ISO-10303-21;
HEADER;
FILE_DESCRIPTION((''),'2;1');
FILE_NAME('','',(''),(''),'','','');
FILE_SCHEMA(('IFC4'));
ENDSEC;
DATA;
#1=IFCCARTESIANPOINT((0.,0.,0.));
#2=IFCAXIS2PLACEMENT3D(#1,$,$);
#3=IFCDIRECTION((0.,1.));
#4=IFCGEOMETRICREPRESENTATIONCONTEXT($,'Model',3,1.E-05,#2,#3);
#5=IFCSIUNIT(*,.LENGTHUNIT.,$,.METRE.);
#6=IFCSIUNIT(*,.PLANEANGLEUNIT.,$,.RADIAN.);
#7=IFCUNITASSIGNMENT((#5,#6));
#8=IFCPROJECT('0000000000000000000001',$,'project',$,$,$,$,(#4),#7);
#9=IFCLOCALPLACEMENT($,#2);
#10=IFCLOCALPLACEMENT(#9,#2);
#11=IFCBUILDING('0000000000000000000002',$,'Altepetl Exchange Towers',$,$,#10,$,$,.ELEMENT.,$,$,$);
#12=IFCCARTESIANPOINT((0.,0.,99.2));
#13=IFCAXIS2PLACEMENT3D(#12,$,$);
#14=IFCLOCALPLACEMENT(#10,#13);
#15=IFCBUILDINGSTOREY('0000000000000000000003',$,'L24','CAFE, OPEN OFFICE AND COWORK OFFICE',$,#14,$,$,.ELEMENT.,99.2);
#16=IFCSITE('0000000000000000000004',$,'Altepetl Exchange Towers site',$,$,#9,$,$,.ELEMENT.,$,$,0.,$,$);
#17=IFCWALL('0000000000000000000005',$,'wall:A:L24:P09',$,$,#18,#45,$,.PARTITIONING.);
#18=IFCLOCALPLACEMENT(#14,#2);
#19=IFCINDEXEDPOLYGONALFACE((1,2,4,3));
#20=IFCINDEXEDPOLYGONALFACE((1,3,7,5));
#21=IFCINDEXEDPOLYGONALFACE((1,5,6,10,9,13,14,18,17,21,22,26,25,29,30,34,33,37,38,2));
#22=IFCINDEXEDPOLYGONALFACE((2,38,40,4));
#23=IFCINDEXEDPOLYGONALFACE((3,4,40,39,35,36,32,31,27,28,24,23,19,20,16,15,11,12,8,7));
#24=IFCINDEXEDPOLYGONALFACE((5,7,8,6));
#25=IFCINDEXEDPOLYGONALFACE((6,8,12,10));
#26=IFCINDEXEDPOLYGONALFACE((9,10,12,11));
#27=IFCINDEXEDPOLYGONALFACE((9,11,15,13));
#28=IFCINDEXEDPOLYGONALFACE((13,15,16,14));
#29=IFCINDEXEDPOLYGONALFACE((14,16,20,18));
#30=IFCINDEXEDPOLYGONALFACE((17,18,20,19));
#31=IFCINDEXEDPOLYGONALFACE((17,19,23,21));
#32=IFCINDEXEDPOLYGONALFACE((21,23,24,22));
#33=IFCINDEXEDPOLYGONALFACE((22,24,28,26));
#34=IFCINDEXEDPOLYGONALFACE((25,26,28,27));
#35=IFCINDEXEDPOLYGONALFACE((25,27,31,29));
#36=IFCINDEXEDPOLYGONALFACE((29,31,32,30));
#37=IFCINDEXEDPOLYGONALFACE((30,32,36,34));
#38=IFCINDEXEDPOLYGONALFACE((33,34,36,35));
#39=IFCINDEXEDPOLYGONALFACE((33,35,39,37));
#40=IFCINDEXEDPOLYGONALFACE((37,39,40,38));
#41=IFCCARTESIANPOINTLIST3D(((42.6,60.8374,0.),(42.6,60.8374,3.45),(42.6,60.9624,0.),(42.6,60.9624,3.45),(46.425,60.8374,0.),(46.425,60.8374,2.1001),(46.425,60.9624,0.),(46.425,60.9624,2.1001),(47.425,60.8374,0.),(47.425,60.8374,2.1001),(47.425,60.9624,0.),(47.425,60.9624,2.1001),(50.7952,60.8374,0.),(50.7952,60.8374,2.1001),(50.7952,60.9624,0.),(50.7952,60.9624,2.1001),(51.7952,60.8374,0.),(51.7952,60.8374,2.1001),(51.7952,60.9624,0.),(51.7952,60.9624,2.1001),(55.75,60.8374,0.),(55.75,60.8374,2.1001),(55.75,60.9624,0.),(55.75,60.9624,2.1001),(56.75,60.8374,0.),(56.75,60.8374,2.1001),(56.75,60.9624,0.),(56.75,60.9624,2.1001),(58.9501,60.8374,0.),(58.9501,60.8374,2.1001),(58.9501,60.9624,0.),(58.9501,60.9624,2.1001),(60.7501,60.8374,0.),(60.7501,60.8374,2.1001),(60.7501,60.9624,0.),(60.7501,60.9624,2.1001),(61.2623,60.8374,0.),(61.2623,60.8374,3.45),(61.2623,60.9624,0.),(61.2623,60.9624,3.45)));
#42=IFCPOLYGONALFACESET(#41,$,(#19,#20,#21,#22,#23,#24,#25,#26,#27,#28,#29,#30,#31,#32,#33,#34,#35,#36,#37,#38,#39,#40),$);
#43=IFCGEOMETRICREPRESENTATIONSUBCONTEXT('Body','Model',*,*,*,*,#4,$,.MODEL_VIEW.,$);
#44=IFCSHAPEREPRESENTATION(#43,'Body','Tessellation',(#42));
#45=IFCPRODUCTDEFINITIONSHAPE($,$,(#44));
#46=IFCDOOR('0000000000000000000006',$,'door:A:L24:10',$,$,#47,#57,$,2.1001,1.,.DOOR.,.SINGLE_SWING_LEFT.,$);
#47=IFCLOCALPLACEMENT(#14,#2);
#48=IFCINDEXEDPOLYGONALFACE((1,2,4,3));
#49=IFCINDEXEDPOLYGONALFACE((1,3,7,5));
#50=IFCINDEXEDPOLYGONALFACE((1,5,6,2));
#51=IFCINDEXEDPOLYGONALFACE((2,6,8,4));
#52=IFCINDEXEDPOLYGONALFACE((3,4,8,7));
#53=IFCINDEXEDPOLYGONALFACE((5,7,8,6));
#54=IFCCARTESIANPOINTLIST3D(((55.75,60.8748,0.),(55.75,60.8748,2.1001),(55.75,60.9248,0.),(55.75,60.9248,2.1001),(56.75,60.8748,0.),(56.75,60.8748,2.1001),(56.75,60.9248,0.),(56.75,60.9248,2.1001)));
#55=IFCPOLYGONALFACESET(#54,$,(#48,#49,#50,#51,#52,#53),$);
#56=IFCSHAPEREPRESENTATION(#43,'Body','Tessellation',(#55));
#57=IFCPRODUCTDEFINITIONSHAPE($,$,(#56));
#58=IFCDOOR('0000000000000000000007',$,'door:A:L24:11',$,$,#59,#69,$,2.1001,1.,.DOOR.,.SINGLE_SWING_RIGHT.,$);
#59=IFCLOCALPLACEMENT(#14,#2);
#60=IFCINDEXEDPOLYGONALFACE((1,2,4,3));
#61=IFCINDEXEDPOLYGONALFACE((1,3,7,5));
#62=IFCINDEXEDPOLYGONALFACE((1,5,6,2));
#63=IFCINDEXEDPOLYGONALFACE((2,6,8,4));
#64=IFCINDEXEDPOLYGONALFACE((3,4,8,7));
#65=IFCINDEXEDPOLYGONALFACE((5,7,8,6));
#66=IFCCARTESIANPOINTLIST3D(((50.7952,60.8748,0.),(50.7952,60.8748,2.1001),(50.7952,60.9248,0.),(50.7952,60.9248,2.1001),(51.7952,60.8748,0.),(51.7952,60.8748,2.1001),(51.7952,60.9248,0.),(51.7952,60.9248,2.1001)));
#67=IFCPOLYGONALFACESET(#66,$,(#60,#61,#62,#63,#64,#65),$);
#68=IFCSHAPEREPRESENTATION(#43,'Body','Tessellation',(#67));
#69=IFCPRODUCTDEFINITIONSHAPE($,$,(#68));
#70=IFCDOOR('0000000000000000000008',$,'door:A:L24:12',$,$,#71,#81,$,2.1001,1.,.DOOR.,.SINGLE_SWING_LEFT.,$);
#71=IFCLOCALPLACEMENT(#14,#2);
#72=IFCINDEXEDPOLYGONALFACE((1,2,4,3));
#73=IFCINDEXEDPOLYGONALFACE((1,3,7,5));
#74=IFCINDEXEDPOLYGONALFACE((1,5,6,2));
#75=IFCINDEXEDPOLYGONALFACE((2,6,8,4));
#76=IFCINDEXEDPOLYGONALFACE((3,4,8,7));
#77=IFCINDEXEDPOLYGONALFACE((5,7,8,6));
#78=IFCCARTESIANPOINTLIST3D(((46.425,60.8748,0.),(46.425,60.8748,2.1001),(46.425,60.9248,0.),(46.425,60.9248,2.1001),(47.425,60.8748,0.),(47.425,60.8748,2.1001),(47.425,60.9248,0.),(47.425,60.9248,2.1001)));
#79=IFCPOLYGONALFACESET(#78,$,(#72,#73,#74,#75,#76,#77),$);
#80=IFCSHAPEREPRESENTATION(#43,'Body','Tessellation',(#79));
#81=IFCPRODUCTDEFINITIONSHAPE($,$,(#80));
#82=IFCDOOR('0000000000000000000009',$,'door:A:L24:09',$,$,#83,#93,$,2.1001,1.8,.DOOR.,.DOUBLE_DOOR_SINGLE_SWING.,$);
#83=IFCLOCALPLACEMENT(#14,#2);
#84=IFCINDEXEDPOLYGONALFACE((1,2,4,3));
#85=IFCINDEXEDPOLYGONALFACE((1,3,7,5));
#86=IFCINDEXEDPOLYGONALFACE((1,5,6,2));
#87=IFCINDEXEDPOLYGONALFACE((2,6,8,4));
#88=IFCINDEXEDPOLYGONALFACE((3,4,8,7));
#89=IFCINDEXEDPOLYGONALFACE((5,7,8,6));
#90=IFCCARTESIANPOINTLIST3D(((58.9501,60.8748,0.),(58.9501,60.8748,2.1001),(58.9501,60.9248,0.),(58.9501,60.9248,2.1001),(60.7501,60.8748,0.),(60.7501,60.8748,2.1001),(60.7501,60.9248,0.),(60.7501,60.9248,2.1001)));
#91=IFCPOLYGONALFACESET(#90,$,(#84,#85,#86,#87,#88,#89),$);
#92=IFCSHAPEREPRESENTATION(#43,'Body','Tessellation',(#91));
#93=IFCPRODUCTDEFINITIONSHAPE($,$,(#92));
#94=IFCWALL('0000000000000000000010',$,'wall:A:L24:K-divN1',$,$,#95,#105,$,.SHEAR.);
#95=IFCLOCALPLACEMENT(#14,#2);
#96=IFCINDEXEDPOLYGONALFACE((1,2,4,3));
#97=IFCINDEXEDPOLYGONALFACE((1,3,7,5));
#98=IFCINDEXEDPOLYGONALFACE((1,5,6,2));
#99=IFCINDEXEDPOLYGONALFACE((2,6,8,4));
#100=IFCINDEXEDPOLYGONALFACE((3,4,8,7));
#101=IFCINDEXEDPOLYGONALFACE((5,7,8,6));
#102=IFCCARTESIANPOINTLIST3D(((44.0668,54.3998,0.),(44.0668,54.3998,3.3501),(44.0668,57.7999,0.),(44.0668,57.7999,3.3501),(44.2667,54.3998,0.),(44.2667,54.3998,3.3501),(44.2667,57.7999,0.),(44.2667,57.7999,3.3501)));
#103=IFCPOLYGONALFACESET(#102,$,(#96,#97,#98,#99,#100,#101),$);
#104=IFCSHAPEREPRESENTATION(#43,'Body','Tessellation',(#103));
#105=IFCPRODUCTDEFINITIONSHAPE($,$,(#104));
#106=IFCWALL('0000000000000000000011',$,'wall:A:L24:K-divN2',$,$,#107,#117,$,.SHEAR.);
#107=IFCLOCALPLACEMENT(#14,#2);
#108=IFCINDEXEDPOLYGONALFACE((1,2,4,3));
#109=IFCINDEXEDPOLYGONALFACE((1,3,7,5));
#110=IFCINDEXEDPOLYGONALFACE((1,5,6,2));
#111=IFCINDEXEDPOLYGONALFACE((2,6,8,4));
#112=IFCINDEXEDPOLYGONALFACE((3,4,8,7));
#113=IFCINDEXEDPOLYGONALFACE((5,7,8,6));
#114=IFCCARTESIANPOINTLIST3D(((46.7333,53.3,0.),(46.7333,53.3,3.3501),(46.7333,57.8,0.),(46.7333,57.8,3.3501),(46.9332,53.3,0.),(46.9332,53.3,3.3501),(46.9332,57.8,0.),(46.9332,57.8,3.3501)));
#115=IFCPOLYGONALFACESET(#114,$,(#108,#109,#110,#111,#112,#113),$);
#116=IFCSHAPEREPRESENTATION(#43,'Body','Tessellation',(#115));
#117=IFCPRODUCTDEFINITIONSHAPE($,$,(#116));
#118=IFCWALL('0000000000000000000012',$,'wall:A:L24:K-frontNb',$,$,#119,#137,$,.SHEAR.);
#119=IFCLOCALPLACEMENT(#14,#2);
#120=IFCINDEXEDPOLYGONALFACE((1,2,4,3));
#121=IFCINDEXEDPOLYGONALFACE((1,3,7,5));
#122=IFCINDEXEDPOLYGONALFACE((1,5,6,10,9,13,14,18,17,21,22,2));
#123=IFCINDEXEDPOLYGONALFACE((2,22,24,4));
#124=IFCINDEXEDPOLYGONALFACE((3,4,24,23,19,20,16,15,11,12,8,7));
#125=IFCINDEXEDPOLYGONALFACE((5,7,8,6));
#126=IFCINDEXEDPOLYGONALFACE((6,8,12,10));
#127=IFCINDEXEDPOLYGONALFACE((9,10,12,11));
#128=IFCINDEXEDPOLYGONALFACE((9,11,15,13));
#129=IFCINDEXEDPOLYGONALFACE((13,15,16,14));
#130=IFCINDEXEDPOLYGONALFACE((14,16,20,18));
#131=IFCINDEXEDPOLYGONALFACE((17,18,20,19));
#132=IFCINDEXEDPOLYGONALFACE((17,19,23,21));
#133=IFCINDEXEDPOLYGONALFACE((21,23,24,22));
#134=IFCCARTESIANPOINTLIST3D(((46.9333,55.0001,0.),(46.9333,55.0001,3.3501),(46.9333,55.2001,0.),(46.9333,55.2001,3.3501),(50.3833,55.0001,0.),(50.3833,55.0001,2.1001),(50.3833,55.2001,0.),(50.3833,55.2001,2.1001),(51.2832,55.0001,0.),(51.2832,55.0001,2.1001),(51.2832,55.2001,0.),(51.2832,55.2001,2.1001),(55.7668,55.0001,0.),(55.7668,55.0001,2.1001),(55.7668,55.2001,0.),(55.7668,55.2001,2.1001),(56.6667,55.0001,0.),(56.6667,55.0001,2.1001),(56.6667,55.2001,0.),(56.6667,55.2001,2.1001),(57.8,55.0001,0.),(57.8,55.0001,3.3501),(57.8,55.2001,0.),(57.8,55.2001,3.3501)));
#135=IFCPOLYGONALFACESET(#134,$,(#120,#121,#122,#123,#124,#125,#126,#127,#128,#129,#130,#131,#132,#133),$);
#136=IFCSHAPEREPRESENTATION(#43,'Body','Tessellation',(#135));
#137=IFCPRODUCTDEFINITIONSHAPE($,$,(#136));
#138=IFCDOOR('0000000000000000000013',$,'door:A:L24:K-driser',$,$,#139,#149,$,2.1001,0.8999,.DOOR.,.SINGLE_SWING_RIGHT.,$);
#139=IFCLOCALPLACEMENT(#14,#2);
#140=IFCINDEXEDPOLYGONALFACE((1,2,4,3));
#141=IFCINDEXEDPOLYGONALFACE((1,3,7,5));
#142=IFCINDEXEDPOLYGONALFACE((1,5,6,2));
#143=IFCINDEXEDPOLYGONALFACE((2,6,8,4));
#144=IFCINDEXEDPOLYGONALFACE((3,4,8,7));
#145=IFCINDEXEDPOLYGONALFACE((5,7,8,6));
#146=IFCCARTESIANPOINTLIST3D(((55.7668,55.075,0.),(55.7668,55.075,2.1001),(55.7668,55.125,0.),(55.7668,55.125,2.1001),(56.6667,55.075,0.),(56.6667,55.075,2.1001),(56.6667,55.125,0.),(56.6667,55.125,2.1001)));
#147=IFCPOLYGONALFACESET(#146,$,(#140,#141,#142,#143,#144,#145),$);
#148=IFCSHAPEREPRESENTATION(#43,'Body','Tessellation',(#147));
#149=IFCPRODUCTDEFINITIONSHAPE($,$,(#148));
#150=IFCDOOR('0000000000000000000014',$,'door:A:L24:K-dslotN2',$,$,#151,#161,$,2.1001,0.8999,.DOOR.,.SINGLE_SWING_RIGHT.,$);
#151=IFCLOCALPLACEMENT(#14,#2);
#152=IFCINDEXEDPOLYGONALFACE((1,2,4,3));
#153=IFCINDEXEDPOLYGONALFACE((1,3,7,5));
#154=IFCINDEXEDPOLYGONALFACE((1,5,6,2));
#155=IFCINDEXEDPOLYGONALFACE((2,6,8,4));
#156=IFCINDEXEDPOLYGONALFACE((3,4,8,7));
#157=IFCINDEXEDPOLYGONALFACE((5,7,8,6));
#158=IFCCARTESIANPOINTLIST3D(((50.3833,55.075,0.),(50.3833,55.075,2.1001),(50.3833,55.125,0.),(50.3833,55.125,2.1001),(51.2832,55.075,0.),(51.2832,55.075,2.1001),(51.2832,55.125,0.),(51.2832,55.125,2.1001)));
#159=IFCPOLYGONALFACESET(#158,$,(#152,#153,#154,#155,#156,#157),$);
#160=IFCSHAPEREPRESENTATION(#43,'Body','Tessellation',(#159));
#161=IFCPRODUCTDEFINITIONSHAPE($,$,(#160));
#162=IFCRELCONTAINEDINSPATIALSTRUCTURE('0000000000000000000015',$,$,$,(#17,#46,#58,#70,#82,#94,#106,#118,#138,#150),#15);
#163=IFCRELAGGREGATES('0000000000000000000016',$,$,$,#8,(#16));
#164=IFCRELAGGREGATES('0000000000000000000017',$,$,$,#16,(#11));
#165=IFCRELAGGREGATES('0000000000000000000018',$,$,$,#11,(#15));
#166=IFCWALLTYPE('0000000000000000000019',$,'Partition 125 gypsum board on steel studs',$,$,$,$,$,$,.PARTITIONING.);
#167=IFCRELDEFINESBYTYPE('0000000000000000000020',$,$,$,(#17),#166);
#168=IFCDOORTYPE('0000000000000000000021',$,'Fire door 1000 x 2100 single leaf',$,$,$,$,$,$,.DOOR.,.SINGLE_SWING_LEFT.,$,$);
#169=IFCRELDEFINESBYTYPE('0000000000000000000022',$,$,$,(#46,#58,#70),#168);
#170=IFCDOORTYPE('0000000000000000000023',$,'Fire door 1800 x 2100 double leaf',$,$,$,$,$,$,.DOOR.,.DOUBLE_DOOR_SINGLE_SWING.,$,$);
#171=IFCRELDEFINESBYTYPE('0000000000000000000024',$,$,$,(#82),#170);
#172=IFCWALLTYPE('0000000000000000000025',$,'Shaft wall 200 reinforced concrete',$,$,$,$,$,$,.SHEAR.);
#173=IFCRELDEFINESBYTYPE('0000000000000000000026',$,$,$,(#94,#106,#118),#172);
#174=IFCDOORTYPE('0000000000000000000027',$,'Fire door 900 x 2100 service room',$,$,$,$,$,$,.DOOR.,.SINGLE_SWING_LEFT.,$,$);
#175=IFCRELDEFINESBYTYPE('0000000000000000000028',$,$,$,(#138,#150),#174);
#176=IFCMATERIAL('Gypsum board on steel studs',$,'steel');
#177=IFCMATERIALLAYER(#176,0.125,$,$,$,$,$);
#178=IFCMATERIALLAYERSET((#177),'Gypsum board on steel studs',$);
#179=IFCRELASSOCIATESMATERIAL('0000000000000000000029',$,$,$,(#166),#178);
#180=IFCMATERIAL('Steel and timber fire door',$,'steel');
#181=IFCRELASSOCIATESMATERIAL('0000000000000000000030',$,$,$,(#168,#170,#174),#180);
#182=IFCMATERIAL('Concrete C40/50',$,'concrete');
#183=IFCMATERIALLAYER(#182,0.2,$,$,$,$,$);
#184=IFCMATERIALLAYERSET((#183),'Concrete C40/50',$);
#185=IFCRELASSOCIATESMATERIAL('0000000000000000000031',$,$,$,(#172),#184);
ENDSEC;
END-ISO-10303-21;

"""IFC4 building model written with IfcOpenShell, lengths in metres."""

from ifc_helpers import new_model, si_unit, direction, frame, frame_2d, origin, place, context, subcontext, project, spatial, rectangle, extrude, material, layer, layer_set, type_object, element, fill, save


model = new_model("IFC4")

# Units and contexts
model_context = context("Model", 3, precision=1e-05, world=origin(), true_north=direction((0.0, 1.0)))
body_context = subcontext(model_context, "Body", "Model", "MODEL_VIEW")
ifc_project = project(units=[si_unit("LENGTHUNIT", "METRE"), si_unit("PLANEANGLEUNIT", "RADIAN")], contexts=[model_context])

# Site, building, storey
site_placement = place(None, origin())
site = spatial("IfcSite", under=ifc_project, at=site_placement, Name="Altepetl Exchange Towers site", CompositionType="ELEMENT", RefElevation=0.0)
building_placement = place(site_placement, origin())
building = spatial("IfcBuilding", under=site, at=building_placement, Name="Altepetl Exchange Towers", CompositionType="ELEMENT")
storey_placement = place(building_placement, frame((0.0, 0.0, 99.2)))
storey = spatial("IfcBuildingStorey", under=building, at=storey_placement, Name="L24", Description="CAFE, OPEN OFFICE AND COWORK OFFICE", CompositionType="ELEMENT", Elevation=99.2)

# Shared definitions
ifc_material_1 = material(Name="Steel and timber fire door", Category="steel")

# Wall, openings, doors
ifc_material_2 = material(Name="Gypsum board on steel studs", Category="steel")
ifc_layer_1 = layer(ifc_material_2, 0.125)
ifc_layer_set_1 = layer_set([ifc_layer_1], Name="Gypsum board on steel studs")
wall_type_1 = type_object("IfcWallType", Name="Partition 125 gypsum board on steel studs", PredefinedType="PARTITIONING", material=ifc_layer_set_1)
wall_1_placement = place(storey_placement, frame((42.6001, 60.8999, 0.0)))
wall_1 = element("IfcWall", 1, at=wall_1_placement, inside=storey, type_object=wall_type_1, Name="wall:A:L24:P09", PredefinedType="PARTITIONING", context=body_context, shape_type="SweptSolid", body=[
    extrude(rectangle(XDim=18.6624, YDim=0.125, at=frame_2d((9.3311, 0.0))), origin(), (0.0, 0.0, 1.0), 3.45),
])
opening_1_placement = place(wall_1_placement, frame((16.3501, 0.0, 0.0)))
opening_1 = element("IfcOpeningElement", 2, at=opening_1_placement, cuts=wall_1, PredefinedType="OPENING", context=body_context, shape_type="SweptSolid", body=[
    extrude(rectangle(XDim=1.8, YDim=2.1001, at=frame_2d((0.8999, 1.05))), frame((0.0, 0.0725, 0.0), z_axis=(0.0, -1.0, 0.0), x_axis=(1.0, 0.0, 0.0)), (0.0, 0.0, 1.0), 0.145),
])
opening_2_placement = place(wall_1_placement, frame((13.1499, 0.0, 0.0)))
opening_2 = element("IfcOpeningElement", 3, at=opening_2_placement, cuts=wall_1, PredefinedType="OPENING", context=body_context, shape_type="SweptSolid", body=[
    extrude(rectangle(XDim=1.0, YDim=2.1001, at=frame_2d((0.5, 1.05))), frame((0.0, 0.0725, 0.0), z_axis=(0.0, -1.0, 0.0), x_axis=(1.0, 0.0, 0.0)), (0.0, 0.0, 1.0), 0.145),
])
opening_3_placement = place(wall_1_placement, frame((8.1951, 0.0, 0.0)))
opening_3 = element("IfcOpeningElement", 4, at=opening_3_placement, cuts=wall_1, PredefinedType="OPENING", context=body_context, shape_type="SweptSolid", body=[
    extrude(rectangle(XDim=1.0, YDim=2.1001, at=frame_2d((0.5, 1.05))), frame((0.0, 0.0725, 0.0), z_axis=(0.0, -1.0, 0.0), x_axis=(1.0, 0.0, 0.0)), (0.0, 0.0, 1.0), 0.145),
])
opening_4_placement = place(wall_1_placement, frame((3.825, 0.0, 0.0)))
opening_4 = element("IfcOpeningElement", 5, at=opening_4_placement, cuts=wall_1, PredefinedType="OPENING", context=body_context, shape_type="SweptSolid", body=[
    extrude(rectangle(XDim=1.0, YDim=2.1001, at=frame_2d((0.5, 1.05))), frame((0.0, 0.0725, 0.0), z_axis=(0.0, -1.0, 0.0), x_axis=(1.0, 0.0, 0.0)), (0.0, 0.0, 1.0), 0.145),
])
door_type_1 = type_object("IfcDoorType", Name="Fire door 1000 x 2100 single leaf", OperationType="SINGLE_SWING_LEFT", PredefinedType="DOOR", material=ifc_material_1)
door_1_placement = place(opening_2_placement, origin())
door_1 = element("IfcDoor", 6, at=door_1_placement, inside=storey, type_object=door_type_1, Name="door:A:L24:10", OperationType="SINGLE_SWING_LEFT", OverallHeight=2.1001, OverallWidth=1.0, PredefinedType="DOOR", context=body_context, shape_type="SweptSolid", body=[
    extrude(rectangle(XDim=1.0, YDim=2.1001, at=frame_2d((0.5, 1.05))), frame((0.0, 0.0249, 0.0), z_axis=(0.0, -1.0, 0.0), x_axis=(1.0, 0.0, 0.0)), (0.0, 0.0, 1.0), 0.05),
])
fill(opening_2, door_1)
door_2_placement = place(opening_3_placement, origin())
door_2 = element("IfcDoor", 7, at=door_2_placement, inside=storey, type_object=door_type_1, Name="door:A:L24:11", OperationType="SINGLE_SWING_RIGHT", OverallHeight=2.1001, OverallWidth=1.0, PredefinedType="DOOR", context=body_context, shape_type="SweptSolid", body=[
    extrude(rectangle(XDim=1.0, YDim=2.1001, at=frame_2d((0.5, 1.05))), frame((0.0, 0.0249, 0.0), z_axis=(0.0, -1.0, 0.0), x_axis=(1.0, 0.0, 0.0)), (0.0, 0.0, 1.0), 0.05),
])
fill(opening_3, door_2)
door_3_placement = place(opening_4_placement, origin())
door_3 = element("IfcDoor", 8, at=door_3_placement, inside=storey, type_object=door_type_1, Name="door:A:L24:12", OperationType="SINGLE_SWING_LEFT", OverallHeight=2.1001, OverallWidth=1.0, PredefinedType="DOOR", context=body_context, shape_type="SweptSolid", body=[
    extrude(rectangle(XDim=1.0, YDim=2.1001, at=frame_2d((0.5, 1.05))), frame((0.0, 0.0249, 0.0), z_axis=(0.0, -1.0, 0.0), x_axis=(1.0, 0.0, 0.0)), (0.0, 0.0, 1.0), 0.05),
])
fill(opening_4, door_3)
door_type_2 = type_object("IfcDoorType", Name="Fire door 1800 x 2100 double leaf", OperationType="DOUBLE_DOOR_SINGLE_SWING", PredefinedType="DOOR", material=ifc_material_1)
door_4_placement = place(opening_1_placement, origin())
door_4 = element("IfcDoor", 9, at=door_4_placement, inside=storey, type_object=door_type_2, Name="door:A:L24:09", OperationType="DOUBLE_DOOR_SINGLE_SWING", OverallHeight=2.1001, OverallWidth=1.8, PredefinedType="DOOR", context=body_context, shape_type="SweptSolid", body=[
    extrude(rectangle(XDim=1.8, YDim=2.1001, at=frame_2d((0.8999, 1.05))), frame((0.0, 0.0249, 0.0), z_axis=(0.0, -1.0, 0.0), x_axis=(1.0, 0.0, 0.0)), (0.0, 0.0, 1.0), 0.05),
])
fill(opening_1, door_4)

# Walls
ifc_material_3 = material(Name="Concrete C40/50", Category="concrete")
ifc_layer_2 = layer(ifc_material_3, 0.2)
ifc_layer_set_2 = layer_set([ifc_layer_2], Name="Concrete C40/50")
wall_type_2 = type_object("IfcWallType", Name="Shaft wall 200 reinforced concrete", PredefinedType="SHEAR", material=ifc_layer_set_2)
wall_2_placement = place(storey_placement, frame((44.1667, 57.8, 0.0), z_axis=(0.0, 0.0, 1.0), x_axis=(0.0, -1.0, 0.0)))
element("IfcWall", 10, at=wall_2_placement, inside=storey, type_object=wall_type_2, Name="wall:A:L24:K-divN1", PredefinedType="SHEAR", context=body_context, shape_type="SweptSolid", body=[
    extrude(rectangle(XDim=3.4001, YDim=0.2, at=frame_2d((1.7002, 0.0))), origin(), (0.0, 0.0, 1.0), 3.3501),
])
wall_3_placement = place(storey_placement, frame((46.8333, 57.8, 0.0), z_axis=(0.0, 0.0, 1.0), x_axis=(0.0, -1.0, 0.0)))
element("IfcWall", 11, at=wall_3_placement, inside=storey, type_object=wall_type_2, Name="wall:A:L24:K-divN2", PredefinedType="SHEAR", context=body_context, shape_type="SweptSolid", body=[
    extrude(rectangle(XDim=4.5, YDim=0.2, at=frame_2d((2.25, 0.0))), origin(), (0.0, 0.0, 1.0), 3.3501),
])

# Wall, openings, doors
wall_4_placement = place(storey_placement, frame((46.9333, 55.1001, 0.0)))
wall_4 = element("IfcWall", 12, at=wall_4_placement, inside=storey, type_object=wall_type_2, Name="wall:A:L24:K-frontNb", PredefinedType="SHEAR", context=body_context, shape_type="SweptSolid", body=[
    extrude(rectangle(XDim=10.8667, YDim=0.2, at=frame_2d((5.4333, 0.0))), origin(), (0.0, 0.0, 1.0), 3.3501),
])
opening_5_placement = place(wall_4_placement, frame((8.8335, 0.0, 0.0)))
opening_5 = element("IfcOpeningElement", 13, at=opening_5_placement, cuts=wall_4, PredefinedType="OPENING", context=body_context, shape_type="SweptSolid", body=[
    extrude(rectangle(XDim=0.8999, YDim=2.1001, at=frame_2d((0.45, 1.05))), frame((0.0, 0.1099, 0.0), z_axis=(0.0, -1.0, 0.0), x_axis=(1.0, 0.0, 0.0)), (0.0, 0.0, 1.0), 0.22),
])
opening_6_placement = place(wall_4_placement, frame((3.45, 0.0, 0.0)))
opening_6 = element("IfcOpeningElement", 14, at=opening_6_placement, cuts=wall_4, PredefinedType="OPENING", context=body_context, shape_type="SweptSolid", body=[
    extrude(rectangle(XDim=0.8999, YDim=2.1001, at=frame_2d((0.45, 1.05))), frame((0.0, 0.1099, 0.0), z_axis=(0.0, -1.0, 0.0), x_axis=(1.0, 0.0, 0.0)), (0.0, 0.0, 1.0), 0.22),
])
door_type_3 = type_object("IfcDoorType", Name="Fire door 900 x 2100 service room", OperationType="SINGLE_SWING_LEFT", PredefinedType="DOOR", material=ifc_material_1)
door_5_placement = place(opening_5_placement, origin())
door_5 = element("IfcDoor", 15, at=door_5_placement, inside=storey, type_object=door_type_3, Name="door:A:L24:K-driser", OperationType="SINGLE_SWING_RIGHT", OverallHeight=2.1001, OverallWidth=0.8999, PredefinedType="DOOR", context=body_context, shape_type="SweptSolid", body=[
    extrude(rectangle(XDim=0.8999, YDim=2.1001, at=frame_2d((0.45, 1.05))), frame((0.0, 0.0249, 0.0), z_axis=(0.0, -1.0, 0.0), x_axis=(1.0, 0.0, 0.0)), (0.0, 0.0, 1.0), 0.05),
])
fill(opening_5, door_5)
door_6_placement = place(opening_6_placement, origin())
door_6 = element("IfcDoor", 16, at=door_6_placement, inside=storey, type_object=door_type_3, Name="door:A:L24:K-dslotN2", OperationType="SINGLE_SWING_RIGHT", OverallHeight=2.1001, OverallWidth=0.8999, PredefinedType="DOOR", context=body_context, shape_type="SweptSolid", body=[
    extrude(rectangle(XDim=0.8999, YDim=2.1001, at=frame_2d((0.45, 1.05))), frame((0.0, 0.0249, 0.0), z_axis=(0.0, -1.0, 0.0), x_axis=(1.0, 0.0, 0.0)), (0.0, 0.0, 1.0), 0.05),
])
fill(opening_6, door_6)

save(model, "model.ifc")
